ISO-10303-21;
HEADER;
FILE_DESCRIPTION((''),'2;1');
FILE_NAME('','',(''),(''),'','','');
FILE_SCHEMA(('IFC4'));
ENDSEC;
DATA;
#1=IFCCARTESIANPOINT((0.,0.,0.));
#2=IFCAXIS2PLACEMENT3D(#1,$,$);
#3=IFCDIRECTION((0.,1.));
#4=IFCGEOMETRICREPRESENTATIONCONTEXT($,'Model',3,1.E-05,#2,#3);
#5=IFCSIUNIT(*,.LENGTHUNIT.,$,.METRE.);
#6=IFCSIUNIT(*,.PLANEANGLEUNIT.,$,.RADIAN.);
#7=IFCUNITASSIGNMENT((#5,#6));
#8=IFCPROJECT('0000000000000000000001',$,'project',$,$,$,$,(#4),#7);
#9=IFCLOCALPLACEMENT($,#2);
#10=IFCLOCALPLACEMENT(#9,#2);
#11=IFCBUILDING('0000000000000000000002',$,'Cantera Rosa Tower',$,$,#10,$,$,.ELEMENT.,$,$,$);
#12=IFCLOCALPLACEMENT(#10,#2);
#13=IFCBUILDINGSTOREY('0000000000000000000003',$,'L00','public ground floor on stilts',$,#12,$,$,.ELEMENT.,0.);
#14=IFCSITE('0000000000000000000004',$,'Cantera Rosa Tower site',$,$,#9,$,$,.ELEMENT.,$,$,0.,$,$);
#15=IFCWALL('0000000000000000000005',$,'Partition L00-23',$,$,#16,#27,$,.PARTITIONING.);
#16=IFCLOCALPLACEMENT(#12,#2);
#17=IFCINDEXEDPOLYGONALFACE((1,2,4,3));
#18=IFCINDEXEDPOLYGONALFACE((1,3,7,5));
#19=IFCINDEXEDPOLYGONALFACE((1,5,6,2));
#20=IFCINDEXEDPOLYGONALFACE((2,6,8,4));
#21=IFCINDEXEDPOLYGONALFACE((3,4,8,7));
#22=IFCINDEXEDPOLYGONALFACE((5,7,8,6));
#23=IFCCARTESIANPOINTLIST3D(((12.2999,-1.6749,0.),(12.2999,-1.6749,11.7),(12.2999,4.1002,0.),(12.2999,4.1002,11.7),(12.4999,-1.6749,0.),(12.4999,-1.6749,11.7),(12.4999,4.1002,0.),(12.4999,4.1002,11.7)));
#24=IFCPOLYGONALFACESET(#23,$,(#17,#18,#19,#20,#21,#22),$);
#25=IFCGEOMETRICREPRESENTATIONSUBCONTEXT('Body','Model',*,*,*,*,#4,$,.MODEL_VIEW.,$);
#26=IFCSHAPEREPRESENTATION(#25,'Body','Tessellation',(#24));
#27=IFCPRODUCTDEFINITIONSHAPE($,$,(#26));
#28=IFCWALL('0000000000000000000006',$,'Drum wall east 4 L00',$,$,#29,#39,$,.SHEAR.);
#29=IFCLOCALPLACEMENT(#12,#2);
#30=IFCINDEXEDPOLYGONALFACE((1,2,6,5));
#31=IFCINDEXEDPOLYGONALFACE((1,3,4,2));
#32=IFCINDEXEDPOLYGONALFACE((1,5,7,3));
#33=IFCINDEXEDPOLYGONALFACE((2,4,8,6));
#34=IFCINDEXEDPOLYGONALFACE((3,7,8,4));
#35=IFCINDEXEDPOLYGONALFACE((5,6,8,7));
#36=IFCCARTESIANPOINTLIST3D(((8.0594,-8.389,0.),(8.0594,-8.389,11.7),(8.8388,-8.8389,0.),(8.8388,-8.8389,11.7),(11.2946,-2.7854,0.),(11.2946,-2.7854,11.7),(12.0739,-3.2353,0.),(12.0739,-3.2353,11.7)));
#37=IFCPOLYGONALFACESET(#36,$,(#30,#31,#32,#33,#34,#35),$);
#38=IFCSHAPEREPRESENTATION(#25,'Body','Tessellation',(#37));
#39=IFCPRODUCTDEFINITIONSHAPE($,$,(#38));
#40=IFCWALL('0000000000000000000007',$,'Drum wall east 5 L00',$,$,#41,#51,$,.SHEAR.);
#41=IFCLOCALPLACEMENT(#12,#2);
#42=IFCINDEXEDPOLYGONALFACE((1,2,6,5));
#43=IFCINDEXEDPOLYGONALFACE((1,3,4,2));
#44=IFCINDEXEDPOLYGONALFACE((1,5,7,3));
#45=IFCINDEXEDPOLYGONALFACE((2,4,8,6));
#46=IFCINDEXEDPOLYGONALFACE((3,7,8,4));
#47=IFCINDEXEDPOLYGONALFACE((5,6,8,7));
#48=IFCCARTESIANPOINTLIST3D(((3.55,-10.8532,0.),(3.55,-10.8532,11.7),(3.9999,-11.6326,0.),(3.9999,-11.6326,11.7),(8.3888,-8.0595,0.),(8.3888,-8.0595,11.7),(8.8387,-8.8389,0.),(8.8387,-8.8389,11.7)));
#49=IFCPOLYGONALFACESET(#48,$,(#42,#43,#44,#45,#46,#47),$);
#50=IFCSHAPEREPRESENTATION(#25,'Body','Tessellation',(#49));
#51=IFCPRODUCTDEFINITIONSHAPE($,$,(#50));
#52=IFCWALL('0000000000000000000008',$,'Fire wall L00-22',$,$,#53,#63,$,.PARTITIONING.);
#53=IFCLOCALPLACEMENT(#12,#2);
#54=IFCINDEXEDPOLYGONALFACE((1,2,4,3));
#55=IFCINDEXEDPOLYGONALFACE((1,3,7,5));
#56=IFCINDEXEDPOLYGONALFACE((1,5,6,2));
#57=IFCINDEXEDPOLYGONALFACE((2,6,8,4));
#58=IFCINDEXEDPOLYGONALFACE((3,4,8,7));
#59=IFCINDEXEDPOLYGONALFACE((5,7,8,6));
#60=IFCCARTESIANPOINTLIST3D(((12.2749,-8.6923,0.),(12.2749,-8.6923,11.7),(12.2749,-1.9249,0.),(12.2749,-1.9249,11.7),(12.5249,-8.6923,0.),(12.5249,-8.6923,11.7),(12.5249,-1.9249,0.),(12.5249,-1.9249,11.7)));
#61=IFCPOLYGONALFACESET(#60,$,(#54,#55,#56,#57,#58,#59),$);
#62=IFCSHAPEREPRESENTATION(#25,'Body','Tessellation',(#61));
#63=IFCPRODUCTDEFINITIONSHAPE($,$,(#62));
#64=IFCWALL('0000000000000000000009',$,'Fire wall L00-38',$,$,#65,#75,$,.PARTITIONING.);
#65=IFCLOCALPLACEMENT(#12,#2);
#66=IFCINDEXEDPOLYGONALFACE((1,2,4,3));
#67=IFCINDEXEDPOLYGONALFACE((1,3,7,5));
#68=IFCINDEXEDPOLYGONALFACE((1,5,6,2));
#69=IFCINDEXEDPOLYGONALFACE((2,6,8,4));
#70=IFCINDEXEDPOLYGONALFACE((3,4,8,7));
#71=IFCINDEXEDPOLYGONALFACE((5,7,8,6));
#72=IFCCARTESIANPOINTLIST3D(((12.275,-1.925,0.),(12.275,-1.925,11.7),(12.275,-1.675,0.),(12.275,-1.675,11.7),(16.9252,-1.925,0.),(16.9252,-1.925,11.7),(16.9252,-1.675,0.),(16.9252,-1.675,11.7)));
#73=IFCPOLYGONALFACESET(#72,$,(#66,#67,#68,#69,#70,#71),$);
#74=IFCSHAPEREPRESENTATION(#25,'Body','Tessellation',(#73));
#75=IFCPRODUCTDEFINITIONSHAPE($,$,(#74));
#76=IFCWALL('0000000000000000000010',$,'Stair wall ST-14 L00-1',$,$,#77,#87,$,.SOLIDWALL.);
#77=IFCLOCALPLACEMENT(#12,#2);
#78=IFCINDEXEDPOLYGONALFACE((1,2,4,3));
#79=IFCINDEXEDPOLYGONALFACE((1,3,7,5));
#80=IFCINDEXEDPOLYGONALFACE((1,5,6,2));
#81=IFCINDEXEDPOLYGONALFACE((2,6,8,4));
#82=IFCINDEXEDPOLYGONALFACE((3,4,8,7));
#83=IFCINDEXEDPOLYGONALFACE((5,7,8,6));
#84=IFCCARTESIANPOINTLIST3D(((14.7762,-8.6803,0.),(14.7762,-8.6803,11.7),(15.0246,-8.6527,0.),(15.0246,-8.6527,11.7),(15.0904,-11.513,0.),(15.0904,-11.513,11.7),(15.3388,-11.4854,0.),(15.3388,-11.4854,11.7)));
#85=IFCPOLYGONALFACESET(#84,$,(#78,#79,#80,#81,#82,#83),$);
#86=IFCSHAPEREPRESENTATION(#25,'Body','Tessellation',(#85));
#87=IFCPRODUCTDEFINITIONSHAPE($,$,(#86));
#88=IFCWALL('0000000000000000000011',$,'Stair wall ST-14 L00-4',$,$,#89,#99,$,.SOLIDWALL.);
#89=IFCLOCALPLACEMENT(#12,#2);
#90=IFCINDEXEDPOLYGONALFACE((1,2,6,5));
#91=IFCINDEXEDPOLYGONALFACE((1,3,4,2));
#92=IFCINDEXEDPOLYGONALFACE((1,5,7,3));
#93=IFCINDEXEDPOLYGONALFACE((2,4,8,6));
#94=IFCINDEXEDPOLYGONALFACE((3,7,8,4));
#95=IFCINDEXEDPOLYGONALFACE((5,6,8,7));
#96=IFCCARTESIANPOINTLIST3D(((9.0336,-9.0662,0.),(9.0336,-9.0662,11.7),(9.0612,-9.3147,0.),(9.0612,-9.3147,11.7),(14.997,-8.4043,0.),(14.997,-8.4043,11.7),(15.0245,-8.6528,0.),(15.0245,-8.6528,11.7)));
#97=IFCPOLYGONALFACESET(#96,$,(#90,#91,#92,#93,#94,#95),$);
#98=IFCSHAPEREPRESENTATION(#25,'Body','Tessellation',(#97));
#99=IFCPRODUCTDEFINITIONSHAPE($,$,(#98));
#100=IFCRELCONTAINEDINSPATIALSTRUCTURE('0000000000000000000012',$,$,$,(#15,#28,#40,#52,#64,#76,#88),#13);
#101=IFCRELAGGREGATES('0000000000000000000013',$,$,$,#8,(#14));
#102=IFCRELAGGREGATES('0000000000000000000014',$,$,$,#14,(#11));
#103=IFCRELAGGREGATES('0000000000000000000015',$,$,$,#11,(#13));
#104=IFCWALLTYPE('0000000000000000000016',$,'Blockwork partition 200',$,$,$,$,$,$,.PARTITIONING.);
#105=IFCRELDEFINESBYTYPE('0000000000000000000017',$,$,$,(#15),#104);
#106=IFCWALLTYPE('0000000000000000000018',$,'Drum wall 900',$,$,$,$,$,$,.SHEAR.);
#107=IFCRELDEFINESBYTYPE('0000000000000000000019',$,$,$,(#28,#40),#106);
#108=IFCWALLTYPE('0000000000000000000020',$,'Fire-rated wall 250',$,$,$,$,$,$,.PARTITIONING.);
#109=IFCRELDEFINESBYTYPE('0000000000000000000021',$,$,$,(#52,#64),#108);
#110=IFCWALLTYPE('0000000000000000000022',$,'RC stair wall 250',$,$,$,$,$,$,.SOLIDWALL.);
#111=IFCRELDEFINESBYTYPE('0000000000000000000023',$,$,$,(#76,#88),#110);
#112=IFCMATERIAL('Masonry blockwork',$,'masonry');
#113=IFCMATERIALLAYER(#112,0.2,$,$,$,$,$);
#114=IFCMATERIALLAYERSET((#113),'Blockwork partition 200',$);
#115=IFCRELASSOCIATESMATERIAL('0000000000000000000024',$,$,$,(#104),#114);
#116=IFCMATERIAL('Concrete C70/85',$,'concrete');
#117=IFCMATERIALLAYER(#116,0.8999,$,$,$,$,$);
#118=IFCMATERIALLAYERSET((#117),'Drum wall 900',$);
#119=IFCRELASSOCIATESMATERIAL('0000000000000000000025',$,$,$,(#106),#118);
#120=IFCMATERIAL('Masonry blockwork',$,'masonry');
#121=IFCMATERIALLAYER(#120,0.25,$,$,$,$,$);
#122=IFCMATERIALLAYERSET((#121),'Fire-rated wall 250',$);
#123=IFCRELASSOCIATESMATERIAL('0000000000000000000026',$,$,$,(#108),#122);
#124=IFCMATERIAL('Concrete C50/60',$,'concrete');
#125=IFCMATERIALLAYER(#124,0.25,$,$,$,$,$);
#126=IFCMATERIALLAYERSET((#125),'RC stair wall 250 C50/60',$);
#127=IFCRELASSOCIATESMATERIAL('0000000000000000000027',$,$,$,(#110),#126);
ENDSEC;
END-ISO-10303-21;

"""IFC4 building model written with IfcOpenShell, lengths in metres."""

from ifc_helpers import new_model, si_unit, direction, frame, frame_2d, origin, place, context, subcontext, project, spatial, rectangle, extrude, material, layer, layer_set, type_object, element, save


model = new_model("IFC4")

# Units and contexts
model_context = context("Model", 3, precision=1e-05, world=origin(), true_north=direction((0.0, 1.0)))
body_context = subcontext(model_context, "Body", "Model", "MODEL_VIEW")
ifc_project = project(units=[si_unit("LENGTHUNIT", "METRE"), si_unit("PLANEANGLEUNIT", "RADIAN")], contexts=[model_context])

# Site, building, storey
site_placement = place(None, origin())
site = spatial("IfcSite", under=ifc_project, at=site_placement, Name="Cantera Rosa Tower site", CompositionType="ELEMENT", RefElevation=0.0)
building_placement = place(site_placement, origin())
building = spatial("IfcBuilding", under=site, at=building_placement, Name="Cantera Rosa Tower", CompositionType="ELEMENT")
storey_placement = place(building_placement, origin())
storey = spatial("IfcBuildingStorey", under=building, at=storey_placement, Name="L00", Description="public ground floor on stilts", CompositionType="ELEMENT", Elevation=0.0)

# Walls
ifc_material_1 = material(Name="Masonry blockwork", Category="masonry")
ifc_layer_1 = layer(ifc_material_1, 0.2)
ifc_layer_set_1 = layer_set([ifc_layer_1], Name="Blockwork partition 200")
wall_type_1 = type_object("IfcWallType", Name="Blockwork partition 200", PredefinedType="PARTITIONING", material=ifc_layer_set_1)
wall_1_placement = place(storey_placement, frame((12.3999, -1.675, 0.0), z_axis=(0.0, 0.0, 1.0), x_axis=(0.0, 1.0, 0.0)))
element("IfcWall", 1, at=wall_1_placement, inside=storey, type_object=wall_type_1, Name="Partition L00-23", PredefinedType="PARTITIONING", context=body_context, shape_type="SweptSolid", body=[
    extrude(rectangle(XDim=5.7751, YDim=0.2, at=frame_2d((2.8877, 0.0))), origin(), (0.0, 0.0, 1.0), 11.7),
])
ifc_material_2 = material(Name="Concrete C70/85", Category="concrete")
ifc_layer_2 = layer(ifc_material_2, 0.8999)
ifc_layer_set_2 = layer_set([ifc_layer_2], Name="Drum wall 900")
wall_type_2 = type_object("IfcWallType", Name="Drum wall 900", PredefinedType="SHEAR", material=ifc_layer_set_2)
wall_2_placement = place(storey_placement, frame((11.6843, -3.0103, 0.0), z_axis=(0.0, 0.0, 1.0), x_axis=(-0.49999, -0.866031, 0.0)))
element("IfcWall", 2, at=wall_2_placement, inside=storey, type_object=wall_type_2, Name="Drum wall east 4 L00", PredefinedType="SHEAR", context=body_context, shape_type="SweptSolid", body=[
    extrude(rectangle(XDim=6.4705, YDim=0.8999, at=frame_2d((3.2354, 0.0))), origin(), (0.0, 0.0, 1.0), 11.7),
])
wall_3_placement = place(storey_placement, frame((8.6138, -8.4492, 0.0), z_axis=(0.0, 0.0, 1.0), x_axis=(-0.866027, -0.499997, 0.0)))
element("IfcWall", 3, at=wall_3_placement, inside=storey, type_object=wall_type_2, Name="Drum wall east 5 L00", PredefinedType="SHEAR", context=body_context, shape_type="SweptSolid", body=[
    extrude(rectangle(XDim=5.5874, YDim=0.8999, at=frame_2d((2.7937, 0.0))), origin(), (0.0, 0.0, 1.0), 11.7),
])
ifc_material_3 = material(Name="Masonry blockwork", Category="masonry")
ifc_layer_3 = layer(ifc_material_3, 0.25)
ifc_layer_set_3 = layer_set([ifc_layer_3], Name="Fire-rated wall 250")
wall_type_3 = type_object("IfcWallType", Name="Fire-rated wall 250", PredefinedType="PARTITIONING", material=ifc_layer_set_3)
wall_4_placement = place(storey_placement, frame((12.3999, -8.6924, 0.0), z_axis=(0.0, 0.0, 1.0), x_axis=(0.0, 1.0, 0.0)))
element("IfcWall", 4, at=wall_4_placement, inside=storey, type_object=wall_type_3, Name="Fire wall L00-22", PredefinedType="PARTITIONING", context=body_context, shape_type="SweptSolid", body=[
    extrude(rectangle(XDim=6.7673, YDim=0.25, at=frame_2d((3.3838, 0.0))), origin(), (0.0, 0.0, 1.0), 11.7),
])
wall_5_placement = place(storey_placement, frame((12.2749, -1.8, 0.0), z_axis=(0.0, 0.0, 1.0), x_axis=(1.0, 0.0, 0.0)))
element("IfcWall", 5, at=wall_5_placement, inside=storey, type_object=wall_type_3, Name="Fire wall L00-38", PredefinedType="PARTITIONING", context=body_context, shape_type="SweptSolid", body=[
    extrude(rectangle(XDim=4.6501, YDim=0.25, at=frame_2d((2.3252, 0.0))), origin(), (0.0, 0.0, 1.0), 11.7),
])
ifc_material_4 = material(Name="Concrete C50/60", Category="concrete")
ifc_layer_4 = layer(ifc_material_4, 0.25)
ifc_layer_set_4 = layer_set([ifc_layer_4], Name="RC stair wall 250 C50/60")
wall_type_4 = type_object("IfcWallType", Name="RC stair wall 250", PredefinedType="SOLIDWALL", material=ifc_layer_set_4)
wall_6_placement = place(storey_placement, frame((14.9004, -8.6665, 0.0), z_axis=(0.0, 0.0, 1.0), x_axis=(0.110243, -0.993905, 0.0)))
element("IfcWall", 6, at=wall_6_placement, inside=storey, type_object=wall_type_4, Name="Stair wall ST-14 L00-1", PredefinedType="SOLIDWALL", context=body_context, shape_type="SweptSolid", body=[
    extrude(rectangle(XDim=2.8501, YDim=0.25, at=frame_2d((1.425, 0.0))), origin(), (0.0, 0.0, 1.0), 11.7),
])
wall_7_placement = place(storey_placement, frame((9.0474, -9.1904, 0.0), z_axis=(0.0, 0.0, 1.0), x_axis=(0.993897, 0.110311, 0.0)))
element("IfcWall", 7, at=wall_7_placement, inside=storey, type_object=wall_type_4, Name="Stair wall ST-14 L00-4", PredefinedType="SOLIDWALL", context=body_context, shape_type="SweptSolid", body=[
    extrude(rectangle(XDim=6.0, YDim=0.25, at=frame_2d((3.0, 0.0))), origin(), (0.0, 0.0, 1.0), 11.7),
])

save(model, "model.ifc")
